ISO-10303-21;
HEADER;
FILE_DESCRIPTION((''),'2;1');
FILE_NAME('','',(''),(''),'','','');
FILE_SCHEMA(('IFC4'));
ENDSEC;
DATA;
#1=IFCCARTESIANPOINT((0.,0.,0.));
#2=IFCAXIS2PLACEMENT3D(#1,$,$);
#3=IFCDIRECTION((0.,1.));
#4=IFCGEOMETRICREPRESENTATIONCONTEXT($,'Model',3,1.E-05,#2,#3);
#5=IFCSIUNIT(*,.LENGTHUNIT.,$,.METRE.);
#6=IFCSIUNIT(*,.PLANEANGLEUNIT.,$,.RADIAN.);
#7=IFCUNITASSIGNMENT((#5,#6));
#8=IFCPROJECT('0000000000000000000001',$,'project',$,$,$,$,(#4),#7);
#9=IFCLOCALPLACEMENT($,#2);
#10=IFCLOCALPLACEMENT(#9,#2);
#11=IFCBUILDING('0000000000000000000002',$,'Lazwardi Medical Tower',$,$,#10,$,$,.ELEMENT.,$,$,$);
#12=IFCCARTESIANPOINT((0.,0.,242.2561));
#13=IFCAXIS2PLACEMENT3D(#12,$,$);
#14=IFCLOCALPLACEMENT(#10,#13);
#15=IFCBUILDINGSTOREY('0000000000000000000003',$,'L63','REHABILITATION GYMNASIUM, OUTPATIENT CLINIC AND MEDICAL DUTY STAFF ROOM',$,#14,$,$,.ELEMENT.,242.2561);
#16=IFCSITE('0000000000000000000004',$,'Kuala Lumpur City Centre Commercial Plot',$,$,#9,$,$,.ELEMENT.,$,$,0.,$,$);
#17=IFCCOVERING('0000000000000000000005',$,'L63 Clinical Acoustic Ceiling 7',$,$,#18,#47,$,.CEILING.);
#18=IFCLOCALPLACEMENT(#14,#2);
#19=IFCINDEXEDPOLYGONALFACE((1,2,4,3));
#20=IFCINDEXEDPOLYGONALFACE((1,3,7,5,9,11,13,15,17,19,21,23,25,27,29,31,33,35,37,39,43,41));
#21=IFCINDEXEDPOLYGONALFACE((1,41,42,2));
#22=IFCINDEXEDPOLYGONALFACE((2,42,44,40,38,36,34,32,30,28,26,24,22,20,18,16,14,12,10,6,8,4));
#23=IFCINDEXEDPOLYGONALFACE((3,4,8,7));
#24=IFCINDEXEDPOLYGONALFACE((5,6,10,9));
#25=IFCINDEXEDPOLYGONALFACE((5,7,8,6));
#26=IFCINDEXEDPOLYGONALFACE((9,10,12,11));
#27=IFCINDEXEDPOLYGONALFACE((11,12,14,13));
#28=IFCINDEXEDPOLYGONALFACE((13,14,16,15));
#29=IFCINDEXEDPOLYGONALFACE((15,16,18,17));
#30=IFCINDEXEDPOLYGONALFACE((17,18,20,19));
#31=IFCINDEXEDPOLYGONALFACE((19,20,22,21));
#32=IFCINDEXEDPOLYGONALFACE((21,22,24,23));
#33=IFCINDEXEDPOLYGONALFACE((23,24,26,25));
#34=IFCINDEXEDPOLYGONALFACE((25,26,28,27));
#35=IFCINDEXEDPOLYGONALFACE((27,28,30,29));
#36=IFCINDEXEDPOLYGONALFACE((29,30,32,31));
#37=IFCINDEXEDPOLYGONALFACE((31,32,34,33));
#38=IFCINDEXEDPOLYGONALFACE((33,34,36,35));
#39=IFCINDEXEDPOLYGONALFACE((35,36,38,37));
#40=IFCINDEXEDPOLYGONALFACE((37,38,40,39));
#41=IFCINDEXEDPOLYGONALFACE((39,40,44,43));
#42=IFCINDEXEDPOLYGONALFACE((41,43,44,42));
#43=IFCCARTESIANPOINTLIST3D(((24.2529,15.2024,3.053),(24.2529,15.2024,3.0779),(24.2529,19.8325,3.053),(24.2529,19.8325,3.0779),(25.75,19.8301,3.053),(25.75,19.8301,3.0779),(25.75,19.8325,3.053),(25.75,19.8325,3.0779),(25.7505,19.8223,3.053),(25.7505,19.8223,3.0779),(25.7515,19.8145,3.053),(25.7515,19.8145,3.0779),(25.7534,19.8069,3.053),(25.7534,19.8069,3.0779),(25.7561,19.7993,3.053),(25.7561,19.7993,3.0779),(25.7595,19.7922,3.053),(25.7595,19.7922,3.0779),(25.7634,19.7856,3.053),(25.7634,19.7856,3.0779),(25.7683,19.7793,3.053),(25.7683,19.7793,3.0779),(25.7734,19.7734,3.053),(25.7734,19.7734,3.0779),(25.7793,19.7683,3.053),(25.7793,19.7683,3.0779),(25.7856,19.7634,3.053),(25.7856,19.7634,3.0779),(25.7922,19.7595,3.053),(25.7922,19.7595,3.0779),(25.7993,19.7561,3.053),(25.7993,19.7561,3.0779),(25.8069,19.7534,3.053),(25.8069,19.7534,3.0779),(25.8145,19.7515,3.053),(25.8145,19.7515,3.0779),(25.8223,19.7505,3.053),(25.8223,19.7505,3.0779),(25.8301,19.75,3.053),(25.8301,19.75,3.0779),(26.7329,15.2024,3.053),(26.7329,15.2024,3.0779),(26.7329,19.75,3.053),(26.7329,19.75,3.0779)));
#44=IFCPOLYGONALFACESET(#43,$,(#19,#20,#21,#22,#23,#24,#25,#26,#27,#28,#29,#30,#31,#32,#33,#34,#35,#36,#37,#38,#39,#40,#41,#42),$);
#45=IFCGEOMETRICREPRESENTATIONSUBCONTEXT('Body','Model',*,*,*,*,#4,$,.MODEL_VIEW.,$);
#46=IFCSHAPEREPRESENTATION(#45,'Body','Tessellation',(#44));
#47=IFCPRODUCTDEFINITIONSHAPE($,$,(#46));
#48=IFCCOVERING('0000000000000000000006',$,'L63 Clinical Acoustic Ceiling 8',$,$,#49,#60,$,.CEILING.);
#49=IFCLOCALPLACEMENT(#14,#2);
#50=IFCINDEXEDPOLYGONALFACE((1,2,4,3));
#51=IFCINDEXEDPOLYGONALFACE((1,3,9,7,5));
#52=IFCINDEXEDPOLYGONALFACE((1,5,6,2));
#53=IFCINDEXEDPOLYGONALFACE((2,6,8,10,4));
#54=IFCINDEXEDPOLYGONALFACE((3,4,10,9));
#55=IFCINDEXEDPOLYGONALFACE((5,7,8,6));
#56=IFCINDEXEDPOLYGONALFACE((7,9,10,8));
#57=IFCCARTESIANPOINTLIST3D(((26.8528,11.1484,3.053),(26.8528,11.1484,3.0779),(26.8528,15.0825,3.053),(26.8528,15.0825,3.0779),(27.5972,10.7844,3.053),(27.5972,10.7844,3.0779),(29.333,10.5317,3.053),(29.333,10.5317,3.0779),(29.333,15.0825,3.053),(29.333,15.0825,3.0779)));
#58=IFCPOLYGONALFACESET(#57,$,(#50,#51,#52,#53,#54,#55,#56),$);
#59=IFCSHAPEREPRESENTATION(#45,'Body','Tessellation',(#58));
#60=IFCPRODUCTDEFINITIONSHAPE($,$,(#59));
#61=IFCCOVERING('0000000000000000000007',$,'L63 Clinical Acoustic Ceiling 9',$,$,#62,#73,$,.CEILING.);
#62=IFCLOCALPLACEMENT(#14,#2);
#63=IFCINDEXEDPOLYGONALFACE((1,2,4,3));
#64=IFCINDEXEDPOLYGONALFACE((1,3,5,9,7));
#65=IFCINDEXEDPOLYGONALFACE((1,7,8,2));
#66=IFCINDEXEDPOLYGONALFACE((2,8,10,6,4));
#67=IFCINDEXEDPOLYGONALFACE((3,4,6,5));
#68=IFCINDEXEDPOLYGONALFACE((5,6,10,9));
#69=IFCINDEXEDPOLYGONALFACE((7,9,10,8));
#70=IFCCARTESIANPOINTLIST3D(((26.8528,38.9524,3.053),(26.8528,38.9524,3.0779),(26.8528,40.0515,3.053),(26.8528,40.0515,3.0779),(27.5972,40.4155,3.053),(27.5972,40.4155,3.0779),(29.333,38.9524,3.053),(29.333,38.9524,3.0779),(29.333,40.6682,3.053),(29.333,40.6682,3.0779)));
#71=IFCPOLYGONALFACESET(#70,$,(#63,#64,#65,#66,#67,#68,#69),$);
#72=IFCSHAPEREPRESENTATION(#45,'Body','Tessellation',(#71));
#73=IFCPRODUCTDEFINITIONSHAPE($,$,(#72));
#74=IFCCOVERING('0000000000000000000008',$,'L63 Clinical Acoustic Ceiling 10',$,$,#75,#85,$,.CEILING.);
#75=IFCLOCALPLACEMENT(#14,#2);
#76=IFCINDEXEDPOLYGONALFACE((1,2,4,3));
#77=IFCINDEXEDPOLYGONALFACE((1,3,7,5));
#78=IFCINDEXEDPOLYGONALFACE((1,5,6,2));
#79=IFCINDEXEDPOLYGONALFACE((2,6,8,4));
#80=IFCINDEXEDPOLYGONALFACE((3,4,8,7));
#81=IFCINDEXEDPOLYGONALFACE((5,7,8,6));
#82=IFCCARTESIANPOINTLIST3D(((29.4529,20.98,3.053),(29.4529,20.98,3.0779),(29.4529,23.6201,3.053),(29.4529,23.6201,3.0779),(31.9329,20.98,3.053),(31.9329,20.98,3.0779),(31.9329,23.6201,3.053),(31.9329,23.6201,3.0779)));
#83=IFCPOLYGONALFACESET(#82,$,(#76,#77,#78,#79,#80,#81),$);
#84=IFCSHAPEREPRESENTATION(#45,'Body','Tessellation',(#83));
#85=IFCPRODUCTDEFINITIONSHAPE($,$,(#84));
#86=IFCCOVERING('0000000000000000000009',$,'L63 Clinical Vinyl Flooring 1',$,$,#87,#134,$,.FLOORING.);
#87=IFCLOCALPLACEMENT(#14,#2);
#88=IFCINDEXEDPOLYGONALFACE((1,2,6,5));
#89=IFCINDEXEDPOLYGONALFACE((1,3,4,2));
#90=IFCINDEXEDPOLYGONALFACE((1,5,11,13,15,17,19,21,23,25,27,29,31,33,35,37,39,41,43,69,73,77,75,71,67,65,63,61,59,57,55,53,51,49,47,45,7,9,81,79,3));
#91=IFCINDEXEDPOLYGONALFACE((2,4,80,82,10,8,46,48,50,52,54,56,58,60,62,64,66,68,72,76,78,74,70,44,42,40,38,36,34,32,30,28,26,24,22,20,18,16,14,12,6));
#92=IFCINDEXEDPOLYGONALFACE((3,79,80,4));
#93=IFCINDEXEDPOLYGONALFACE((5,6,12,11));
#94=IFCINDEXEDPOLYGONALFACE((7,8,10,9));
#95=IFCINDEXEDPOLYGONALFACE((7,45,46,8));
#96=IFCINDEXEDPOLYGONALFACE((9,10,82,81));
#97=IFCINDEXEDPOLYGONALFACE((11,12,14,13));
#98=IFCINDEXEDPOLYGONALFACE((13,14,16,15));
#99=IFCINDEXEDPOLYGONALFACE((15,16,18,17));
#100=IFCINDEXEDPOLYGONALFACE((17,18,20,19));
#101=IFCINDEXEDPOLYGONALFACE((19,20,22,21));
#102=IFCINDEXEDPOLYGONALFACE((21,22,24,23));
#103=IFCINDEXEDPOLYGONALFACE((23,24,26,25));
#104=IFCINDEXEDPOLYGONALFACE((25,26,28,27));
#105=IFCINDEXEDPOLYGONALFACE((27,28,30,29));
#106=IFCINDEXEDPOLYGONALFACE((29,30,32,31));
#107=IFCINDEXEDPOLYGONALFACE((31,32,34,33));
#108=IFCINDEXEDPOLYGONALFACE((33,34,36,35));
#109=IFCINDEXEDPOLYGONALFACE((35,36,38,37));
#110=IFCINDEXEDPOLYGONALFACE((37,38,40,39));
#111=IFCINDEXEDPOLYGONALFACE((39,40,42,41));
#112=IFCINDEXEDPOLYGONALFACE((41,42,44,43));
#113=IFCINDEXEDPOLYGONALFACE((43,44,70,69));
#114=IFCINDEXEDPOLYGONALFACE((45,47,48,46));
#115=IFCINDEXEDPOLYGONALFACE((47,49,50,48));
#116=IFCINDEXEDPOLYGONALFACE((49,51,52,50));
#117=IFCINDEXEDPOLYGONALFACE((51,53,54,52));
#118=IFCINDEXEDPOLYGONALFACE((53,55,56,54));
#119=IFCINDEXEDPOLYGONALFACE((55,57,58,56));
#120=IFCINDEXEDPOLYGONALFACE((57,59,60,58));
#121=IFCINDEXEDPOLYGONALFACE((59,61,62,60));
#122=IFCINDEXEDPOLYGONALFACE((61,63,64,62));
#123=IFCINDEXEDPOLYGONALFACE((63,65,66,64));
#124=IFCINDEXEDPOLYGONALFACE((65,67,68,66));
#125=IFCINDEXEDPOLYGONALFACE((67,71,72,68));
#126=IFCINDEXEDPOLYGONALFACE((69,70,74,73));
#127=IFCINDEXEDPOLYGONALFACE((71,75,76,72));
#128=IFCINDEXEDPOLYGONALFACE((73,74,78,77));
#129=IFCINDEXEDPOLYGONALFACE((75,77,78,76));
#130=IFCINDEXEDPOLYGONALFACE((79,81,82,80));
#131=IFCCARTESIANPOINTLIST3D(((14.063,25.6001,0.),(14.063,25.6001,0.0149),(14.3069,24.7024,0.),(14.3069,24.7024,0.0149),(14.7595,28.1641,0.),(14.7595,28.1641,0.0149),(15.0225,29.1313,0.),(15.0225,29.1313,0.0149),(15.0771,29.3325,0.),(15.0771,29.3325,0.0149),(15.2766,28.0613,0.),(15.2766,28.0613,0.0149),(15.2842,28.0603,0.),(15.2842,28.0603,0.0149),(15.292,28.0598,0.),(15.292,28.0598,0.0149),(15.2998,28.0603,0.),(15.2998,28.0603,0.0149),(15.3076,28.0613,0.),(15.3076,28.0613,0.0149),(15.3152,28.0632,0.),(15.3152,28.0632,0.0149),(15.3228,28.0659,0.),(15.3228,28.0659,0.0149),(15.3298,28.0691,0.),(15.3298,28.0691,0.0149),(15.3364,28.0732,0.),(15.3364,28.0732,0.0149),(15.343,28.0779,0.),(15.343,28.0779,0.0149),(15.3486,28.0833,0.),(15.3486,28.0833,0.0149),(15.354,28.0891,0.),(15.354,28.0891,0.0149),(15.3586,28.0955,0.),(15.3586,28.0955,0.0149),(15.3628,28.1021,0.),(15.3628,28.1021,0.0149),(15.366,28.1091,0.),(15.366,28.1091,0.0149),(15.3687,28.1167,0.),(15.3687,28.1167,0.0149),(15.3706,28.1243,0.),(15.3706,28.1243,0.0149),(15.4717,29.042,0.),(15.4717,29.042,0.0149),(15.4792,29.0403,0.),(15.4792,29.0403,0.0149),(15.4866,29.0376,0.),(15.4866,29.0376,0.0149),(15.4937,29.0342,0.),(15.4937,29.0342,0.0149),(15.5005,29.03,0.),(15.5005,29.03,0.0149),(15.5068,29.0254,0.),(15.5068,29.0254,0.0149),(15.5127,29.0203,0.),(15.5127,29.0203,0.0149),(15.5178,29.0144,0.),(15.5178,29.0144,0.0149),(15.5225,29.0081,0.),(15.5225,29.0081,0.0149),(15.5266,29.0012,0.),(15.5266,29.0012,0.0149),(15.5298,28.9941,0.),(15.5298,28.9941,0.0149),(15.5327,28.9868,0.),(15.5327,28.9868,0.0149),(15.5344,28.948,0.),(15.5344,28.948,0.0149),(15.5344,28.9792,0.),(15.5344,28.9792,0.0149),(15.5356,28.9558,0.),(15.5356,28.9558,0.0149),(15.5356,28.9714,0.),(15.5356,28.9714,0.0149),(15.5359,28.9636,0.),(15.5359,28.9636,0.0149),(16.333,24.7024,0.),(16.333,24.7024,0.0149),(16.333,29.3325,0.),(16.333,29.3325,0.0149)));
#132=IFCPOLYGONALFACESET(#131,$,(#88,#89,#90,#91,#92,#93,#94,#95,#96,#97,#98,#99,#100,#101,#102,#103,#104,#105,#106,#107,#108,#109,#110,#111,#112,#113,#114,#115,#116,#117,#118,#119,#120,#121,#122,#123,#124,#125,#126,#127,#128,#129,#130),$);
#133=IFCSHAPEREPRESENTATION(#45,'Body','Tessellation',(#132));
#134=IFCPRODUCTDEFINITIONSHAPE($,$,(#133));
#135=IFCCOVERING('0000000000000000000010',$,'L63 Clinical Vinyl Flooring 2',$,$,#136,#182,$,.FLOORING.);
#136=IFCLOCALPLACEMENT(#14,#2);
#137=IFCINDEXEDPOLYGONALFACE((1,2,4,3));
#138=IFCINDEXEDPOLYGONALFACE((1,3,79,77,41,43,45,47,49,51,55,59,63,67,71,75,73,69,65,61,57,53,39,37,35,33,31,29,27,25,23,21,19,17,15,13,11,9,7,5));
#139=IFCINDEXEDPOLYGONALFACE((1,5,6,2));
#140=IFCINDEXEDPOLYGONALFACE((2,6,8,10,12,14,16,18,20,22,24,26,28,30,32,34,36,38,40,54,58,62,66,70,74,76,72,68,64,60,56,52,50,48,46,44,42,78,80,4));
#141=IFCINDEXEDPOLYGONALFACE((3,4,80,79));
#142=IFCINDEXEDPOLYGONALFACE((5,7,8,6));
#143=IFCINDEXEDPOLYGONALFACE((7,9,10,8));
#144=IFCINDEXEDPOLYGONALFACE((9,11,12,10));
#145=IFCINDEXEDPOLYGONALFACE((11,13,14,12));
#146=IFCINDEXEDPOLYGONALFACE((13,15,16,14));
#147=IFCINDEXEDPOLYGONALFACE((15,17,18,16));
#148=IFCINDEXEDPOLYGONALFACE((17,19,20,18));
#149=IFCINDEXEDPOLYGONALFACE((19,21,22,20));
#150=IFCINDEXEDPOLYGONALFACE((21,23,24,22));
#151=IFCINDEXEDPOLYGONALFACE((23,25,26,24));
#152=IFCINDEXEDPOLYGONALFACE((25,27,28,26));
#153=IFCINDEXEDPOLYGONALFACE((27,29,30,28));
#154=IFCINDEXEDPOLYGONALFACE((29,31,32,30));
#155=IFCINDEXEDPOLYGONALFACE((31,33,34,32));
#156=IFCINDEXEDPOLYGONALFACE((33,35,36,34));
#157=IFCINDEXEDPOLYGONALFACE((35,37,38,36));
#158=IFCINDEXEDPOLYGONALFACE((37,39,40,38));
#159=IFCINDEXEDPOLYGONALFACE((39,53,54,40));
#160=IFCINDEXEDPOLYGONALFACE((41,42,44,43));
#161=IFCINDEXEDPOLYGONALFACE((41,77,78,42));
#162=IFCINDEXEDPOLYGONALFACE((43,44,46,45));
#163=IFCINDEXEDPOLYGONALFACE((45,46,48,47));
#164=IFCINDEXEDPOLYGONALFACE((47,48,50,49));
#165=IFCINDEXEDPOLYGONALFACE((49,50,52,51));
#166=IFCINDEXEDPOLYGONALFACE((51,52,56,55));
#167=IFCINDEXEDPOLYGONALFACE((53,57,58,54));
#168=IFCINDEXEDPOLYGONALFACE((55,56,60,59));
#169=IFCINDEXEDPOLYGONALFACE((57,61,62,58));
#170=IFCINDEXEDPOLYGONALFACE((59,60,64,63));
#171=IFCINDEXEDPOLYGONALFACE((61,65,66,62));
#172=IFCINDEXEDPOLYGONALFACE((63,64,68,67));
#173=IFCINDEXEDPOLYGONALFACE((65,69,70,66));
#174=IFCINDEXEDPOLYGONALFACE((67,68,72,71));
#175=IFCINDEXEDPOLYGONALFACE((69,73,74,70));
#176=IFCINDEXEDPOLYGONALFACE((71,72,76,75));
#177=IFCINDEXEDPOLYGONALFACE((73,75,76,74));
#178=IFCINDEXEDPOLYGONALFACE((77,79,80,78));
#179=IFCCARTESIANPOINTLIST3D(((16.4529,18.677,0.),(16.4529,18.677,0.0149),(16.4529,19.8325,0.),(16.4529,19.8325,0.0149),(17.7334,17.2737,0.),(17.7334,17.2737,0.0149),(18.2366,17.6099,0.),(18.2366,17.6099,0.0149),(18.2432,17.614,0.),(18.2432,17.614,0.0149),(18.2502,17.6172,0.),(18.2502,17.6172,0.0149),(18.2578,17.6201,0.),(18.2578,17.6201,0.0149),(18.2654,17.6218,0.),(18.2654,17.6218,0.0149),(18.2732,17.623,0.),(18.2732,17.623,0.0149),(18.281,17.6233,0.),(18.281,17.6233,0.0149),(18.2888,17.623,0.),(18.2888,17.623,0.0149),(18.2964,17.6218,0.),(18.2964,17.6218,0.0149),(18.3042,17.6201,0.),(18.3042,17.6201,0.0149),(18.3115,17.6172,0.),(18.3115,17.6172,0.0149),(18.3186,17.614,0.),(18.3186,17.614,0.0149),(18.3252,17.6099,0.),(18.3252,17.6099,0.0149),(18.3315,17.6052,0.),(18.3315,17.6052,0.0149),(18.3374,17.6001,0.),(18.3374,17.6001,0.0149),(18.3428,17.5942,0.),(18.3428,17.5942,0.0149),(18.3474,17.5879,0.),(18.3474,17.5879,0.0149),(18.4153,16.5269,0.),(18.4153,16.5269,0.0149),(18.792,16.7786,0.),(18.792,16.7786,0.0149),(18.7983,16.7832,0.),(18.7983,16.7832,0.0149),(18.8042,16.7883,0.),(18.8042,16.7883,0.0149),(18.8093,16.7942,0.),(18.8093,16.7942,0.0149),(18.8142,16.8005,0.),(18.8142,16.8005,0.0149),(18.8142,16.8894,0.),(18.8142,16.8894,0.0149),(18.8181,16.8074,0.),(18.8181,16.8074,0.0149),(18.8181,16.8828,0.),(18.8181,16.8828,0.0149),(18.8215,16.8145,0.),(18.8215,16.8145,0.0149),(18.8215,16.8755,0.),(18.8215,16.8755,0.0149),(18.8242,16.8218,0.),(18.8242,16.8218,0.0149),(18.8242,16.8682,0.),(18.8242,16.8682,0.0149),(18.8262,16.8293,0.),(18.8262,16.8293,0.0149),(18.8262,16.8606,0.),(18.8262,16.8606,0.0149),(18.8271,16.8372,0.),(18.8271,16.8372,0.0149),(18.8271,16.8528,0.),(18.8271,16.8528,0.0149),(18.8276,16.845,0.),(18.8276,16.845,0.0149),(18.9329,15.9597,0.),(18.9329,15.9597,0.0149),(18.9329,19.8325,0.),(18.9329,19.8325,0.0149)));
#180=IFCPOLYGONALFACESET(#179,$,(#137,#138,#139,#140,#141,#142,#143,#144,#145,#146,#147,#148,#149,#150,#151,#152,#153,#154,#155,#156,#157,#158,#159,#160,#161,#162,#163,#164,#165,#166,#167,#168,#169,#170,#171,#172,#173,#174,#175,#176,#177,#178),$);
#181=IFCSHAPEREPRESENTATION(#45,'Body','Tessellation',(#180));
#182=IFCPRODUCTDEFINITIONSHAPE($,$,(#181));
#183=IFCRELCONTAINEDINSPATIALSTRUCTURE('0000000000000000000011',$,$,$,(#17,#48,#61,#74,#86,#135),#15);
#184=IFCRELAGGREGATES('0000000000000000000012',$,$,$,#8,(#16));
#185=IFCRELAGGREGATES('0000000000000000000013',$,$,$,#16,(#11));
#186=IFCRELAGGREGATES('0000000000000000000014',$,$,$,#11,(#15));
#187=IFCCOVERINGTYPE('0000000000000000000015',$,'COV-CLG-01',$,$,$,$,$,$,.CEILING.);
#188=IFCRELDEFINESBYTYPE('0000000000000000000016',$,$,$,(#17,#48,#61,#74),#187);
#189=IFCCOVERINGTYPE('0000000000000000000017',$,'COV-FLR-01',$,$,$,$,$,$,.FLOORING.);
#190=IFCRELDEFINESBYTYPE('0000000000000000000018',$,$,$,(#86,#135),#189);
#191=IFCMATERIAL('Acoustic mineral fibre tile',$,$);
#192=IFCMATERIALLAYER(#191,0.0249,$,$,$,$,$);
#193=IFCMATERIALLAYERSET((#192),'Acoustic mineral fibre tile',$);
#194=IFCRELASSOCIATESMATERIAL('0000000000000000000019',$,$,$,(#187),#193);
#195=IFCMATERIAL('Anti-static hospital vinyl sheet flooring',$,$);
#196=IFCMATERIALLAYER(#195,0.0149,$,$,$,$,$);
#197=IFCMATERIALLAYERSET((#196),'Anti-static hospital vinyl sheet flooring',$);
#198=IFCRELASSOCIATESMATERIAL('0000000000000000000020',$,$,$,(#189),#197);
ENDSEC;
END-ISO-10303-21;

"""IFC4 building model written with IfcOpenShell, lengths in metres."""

from ifc_helpers import new_model, si_unit, direction, frame, origin, place, context, subcontext, project, spatial, polyline, outline, extrude, material, layer, layer_set, type_object, element, save


model = new_model("IFC4")

# Units and contexts
model_context = context("Model", 3, precision=1e-05, world=origin(), true_north=direction((0.0, 1.0)))
body_context = subcontext(model_context, "Body", "Model", "MODEL_VIEW")
ifc_project = project(units=[si_unit("LENGTHUNIT", "METRE"), si_unit("PLANEANGLEUNIT", "RADIAN")], contexts=[model_context])

# Site, building, storey
site_placement = place(None, origin())
site = spatial("IfcSite", under=ifc_project, at=site_placement, Name="Kuala Lumpur City Centre Commercial Plot", CompositionType="ELEMENT", RefElevation=0.0)
building_placement = place(site_placement, origin())
building = spatial("IfcBuilding", under=site, at=building_placement, Name="Lazwardi Medical Tower", CompositionType="ELEMENT")
storey_placement = place(building_placement, frame((0.0, 0.0, 242.2561)))
storey = spatial("IfcBuildingStorey", under=building, at=storey_placement, Name="L63", Description="REHABILITATION GYMNASIUM, OUTPATIENT CLINIC AND MEDICAL DUTY STAFF ROOM", CompositionType="ELEMENT", Elevation=242.2561)

# Coverings
ifc_material_1 = material(Name="Acoustic mineral fibre tile")
ifc_layer_1 = layer(ifc_material_1, 0.0249)
ifc_layer_set_1 = layer_set([ifc_layer_1], Name="Acoustic mineral fibre tile")
covering_type_1 = type_object("IfcCoveringType", Name="COV-CLG-01", PredefinedType="CEILING", material=ifc_layer_set_1)
covering_1_placement = place(storey_placement, frame((0.0, 0.0, 3.053)))
element("IfcCovering", 1, at=covering_1_placement, inside=storey, type_object=covering_type_1, Name="L63 Clinical Acoustic Ceiling 7", PredefinedType="CEILING", context=body_context, shape_type="SweptSolid", body=[
    extrude(outline(polyline([(26.7329, 19.75), (25.8301, 19.75), (25.8223, 19.7505), (25.8145, 19.7515), (25.8069, 19.7534), (25.7993, 19.7561), (25.7922, 19.7595), (25.7856, 19.7634), (25.7793, 19.7683), (25.7734, 19.7734), (25.7683, 19.7793), (25.7634, 19.7856), (25.7595, 19.7922), (25.7561, 19.7993), (25.7534, 19.8069), (25.7515, 19.8145), (25.7505, 19.8223), (25.75, 19.8301), (25.75, 19.8325), (24.2529, 19.8325), (24.2529, 15.2024), (26.7329, 15.2024), (26.7329, 19.75)])), origin(), (0.0, 0.0, 1.0), 0.0249),
])
covering_2_placement = place(storey_placement, frame((0.0, 0.0, 3.053)))
element("IfcCovering", 2, at=covering_2_placement, inside=storey, type_object=covering_type_1, Name="L63 Clinical Acoustic Ceiling 8", PredefinedType="CEILING", context=body_context, shape_type="SweptSolid", body=[
    extrude(outline(polyline([(26.8528, 11.1484), (27.5972, 10.7844), (29.333, 10.5317), (29.333, 15.0825), (26.8528, 15.0825), (26.8528, 11.1484)])), origin(), (0.0, 0.0, 1.0), 0.0249),
])
covering_3_placement = place(storey_placement, frame((0.0, 0.0, 3.053)))
element("IfcCovering", 3, at=covering_3_placement, inside=storey, type_object=covering_type_1, Name="L63 Clinical Acoustic Ceiling 9", PredefinedType="CEILING", context=body_context, shape_type="SweptSolid", body=[
    extrude(outline(polyline([(29.333, 40.6682), (27.5972, 40.4155), (26.8528, 40.0515), (26.8528, 38.9524), (29.333, 38.9524), (29.333, 40.6682)])), origin(), (0.0, 0.0, 1.0), 0.0249),
])
covering_4_placement = place(storey_placement, frame((0.0, 0.0, 3.053)))
element("IfcCovering", 4, at=covering_4_placement, inside=storey, type_object=covering_type_1, Name="L63 Clinical Acoustic Ceiling 10", PredefinedType="CEILING", context=body_context, shape_type="SweptSolid", body=[
    extrude(outline(polyline([(31.9329, 23.6201), (29.4529, 23.6201), (29.4529, 20.98), (31.9329, 20.98), (31.9329, 23.6201)])), origin(), (0.0, 0.0, 1.0), 0.0249),
])
ifc_material_2 = material(Name="Anti-static hospital vinyl sheet flooring")
ifc_layer_2 = layer(ifc_material_2, 0.0149)
ifc_layer_set_2 = layer_set([ifc_layer_2], Name="Anti-static hospital vinyl sheet flooring")
covering_type_2 = type_object("IfcCoveringType", Name="COV-FLR-01", PredefinedType="FLOORING", material=ifc_layer_set_2)
covering_5_placement = place(storey_placement, origin())
element("IfcCovering", 5, at=covering_5_placement, inside=storey, type_object=covering_type_2, Name="L63 Clinical Vinyl Flooring 1", PredefinedType="FLOORING", context=body_context, shape_type="SweptSolid", body=[
    extrude(outline(polyline([(15.0771, 29.3325), (15.0225, 29.1313), (15.4717, 29.042), (15.4792, 29.0403), (15.4866, 29.0376), (15.4937, 29.0342), (15.5005, 29.03), (15.5068, 29.0254), (15.5127, 29.0203), (15.5178, 29.0144), (15.5225, 29.0081), (15.5266, 29.0012), (15.5298, 28.9941), (15.5327, 28.9868), (15.5344, 28.9792), (15.5356, 28.9714), (15.5359, 28.9636), (15.5356, 28.9558), (15.5344, 28.948), (15.3706, 28.1243), (15.3687, 28.1167), (15.366, 28.1091), (15.3628, 28.1021), (15.3586, 28.0955), (15.354, 28.0891), (15.3486, 28.0833), (15.343, 28.0779), (15.3364, 28.0732), (15.3298, 28.0691), (15.3228, 28.0659), (15.3152, 28.0632), (15.3076, 28.0613), (15.2998, 28.0603), (15.292, 28.0598), (15.2842, 28.0603), (15.2766, 28.0613), (14.7595, 28.1641), (14.063, 25.6001), (14.3069, 24.7024), (16.333, 24.7024), (16.333, 29.3325), (15.0771, 29.3325)])), origin(), (0.0, 0.0, 1.0), 0.0149),
])
covering_6_placement = place(storey_placement, origin())
element("IfcCovering", 6, at=covering_6_placement, inside=storey, type_object=covering_type_2, Name="L63 Clinical Vinyl Flooring 2", PredefinedType="FLOORING", context=body_context, shape_type="SweptSolid", body=[
    extrude(outline(polyline([(16.4529, 18.677), (17.7334, 17.2737), (18.2366, 17.6099), (18.2432, 17.614), (18.2502, 17.6172), (18.2578, 17.6201), (18.2654, 17.6218), (18.2732, 17.623), (18.281, 17.6233), (18.2888, 17.623), (18.2964, 17.6218), (18.3042, 17.6201), (18.3115, 17.6172), (18.3186, 17.614), (18.3252, 17.6099), (18.3315, 17.6052), (18.3374, 17.6001), (18.3428, 17.5942), (18.3474, 17.5879), (18.8142, 16.8894), (18.8181, 16.8828), (18.8215, 16.8755), (18.8242, 16.8682), (18.8262, 16.8606), (18.8271, 16.8528), (18.8276, 16.845), (18.8271, 16.8372), (18.8262, 16.8293), (18.8242, 16.8218), (18.8215, 16.8145), (18.8181, 16.8074), (18.8142, 16.8005), (18.8093, 16.7942), (18.8042, 16.7883), (18.7983, 16.7832), (18.792, 16.7786), (18.4153, 16.5269), (18.9329, 15.9597), (18.9329, 19.8325), (16.4529, 19.8325), (16.4529, 18.677)])), origin(), (0.0, 0.0, 1.0), 0.0149),
])

save(model, "model.ifc")
